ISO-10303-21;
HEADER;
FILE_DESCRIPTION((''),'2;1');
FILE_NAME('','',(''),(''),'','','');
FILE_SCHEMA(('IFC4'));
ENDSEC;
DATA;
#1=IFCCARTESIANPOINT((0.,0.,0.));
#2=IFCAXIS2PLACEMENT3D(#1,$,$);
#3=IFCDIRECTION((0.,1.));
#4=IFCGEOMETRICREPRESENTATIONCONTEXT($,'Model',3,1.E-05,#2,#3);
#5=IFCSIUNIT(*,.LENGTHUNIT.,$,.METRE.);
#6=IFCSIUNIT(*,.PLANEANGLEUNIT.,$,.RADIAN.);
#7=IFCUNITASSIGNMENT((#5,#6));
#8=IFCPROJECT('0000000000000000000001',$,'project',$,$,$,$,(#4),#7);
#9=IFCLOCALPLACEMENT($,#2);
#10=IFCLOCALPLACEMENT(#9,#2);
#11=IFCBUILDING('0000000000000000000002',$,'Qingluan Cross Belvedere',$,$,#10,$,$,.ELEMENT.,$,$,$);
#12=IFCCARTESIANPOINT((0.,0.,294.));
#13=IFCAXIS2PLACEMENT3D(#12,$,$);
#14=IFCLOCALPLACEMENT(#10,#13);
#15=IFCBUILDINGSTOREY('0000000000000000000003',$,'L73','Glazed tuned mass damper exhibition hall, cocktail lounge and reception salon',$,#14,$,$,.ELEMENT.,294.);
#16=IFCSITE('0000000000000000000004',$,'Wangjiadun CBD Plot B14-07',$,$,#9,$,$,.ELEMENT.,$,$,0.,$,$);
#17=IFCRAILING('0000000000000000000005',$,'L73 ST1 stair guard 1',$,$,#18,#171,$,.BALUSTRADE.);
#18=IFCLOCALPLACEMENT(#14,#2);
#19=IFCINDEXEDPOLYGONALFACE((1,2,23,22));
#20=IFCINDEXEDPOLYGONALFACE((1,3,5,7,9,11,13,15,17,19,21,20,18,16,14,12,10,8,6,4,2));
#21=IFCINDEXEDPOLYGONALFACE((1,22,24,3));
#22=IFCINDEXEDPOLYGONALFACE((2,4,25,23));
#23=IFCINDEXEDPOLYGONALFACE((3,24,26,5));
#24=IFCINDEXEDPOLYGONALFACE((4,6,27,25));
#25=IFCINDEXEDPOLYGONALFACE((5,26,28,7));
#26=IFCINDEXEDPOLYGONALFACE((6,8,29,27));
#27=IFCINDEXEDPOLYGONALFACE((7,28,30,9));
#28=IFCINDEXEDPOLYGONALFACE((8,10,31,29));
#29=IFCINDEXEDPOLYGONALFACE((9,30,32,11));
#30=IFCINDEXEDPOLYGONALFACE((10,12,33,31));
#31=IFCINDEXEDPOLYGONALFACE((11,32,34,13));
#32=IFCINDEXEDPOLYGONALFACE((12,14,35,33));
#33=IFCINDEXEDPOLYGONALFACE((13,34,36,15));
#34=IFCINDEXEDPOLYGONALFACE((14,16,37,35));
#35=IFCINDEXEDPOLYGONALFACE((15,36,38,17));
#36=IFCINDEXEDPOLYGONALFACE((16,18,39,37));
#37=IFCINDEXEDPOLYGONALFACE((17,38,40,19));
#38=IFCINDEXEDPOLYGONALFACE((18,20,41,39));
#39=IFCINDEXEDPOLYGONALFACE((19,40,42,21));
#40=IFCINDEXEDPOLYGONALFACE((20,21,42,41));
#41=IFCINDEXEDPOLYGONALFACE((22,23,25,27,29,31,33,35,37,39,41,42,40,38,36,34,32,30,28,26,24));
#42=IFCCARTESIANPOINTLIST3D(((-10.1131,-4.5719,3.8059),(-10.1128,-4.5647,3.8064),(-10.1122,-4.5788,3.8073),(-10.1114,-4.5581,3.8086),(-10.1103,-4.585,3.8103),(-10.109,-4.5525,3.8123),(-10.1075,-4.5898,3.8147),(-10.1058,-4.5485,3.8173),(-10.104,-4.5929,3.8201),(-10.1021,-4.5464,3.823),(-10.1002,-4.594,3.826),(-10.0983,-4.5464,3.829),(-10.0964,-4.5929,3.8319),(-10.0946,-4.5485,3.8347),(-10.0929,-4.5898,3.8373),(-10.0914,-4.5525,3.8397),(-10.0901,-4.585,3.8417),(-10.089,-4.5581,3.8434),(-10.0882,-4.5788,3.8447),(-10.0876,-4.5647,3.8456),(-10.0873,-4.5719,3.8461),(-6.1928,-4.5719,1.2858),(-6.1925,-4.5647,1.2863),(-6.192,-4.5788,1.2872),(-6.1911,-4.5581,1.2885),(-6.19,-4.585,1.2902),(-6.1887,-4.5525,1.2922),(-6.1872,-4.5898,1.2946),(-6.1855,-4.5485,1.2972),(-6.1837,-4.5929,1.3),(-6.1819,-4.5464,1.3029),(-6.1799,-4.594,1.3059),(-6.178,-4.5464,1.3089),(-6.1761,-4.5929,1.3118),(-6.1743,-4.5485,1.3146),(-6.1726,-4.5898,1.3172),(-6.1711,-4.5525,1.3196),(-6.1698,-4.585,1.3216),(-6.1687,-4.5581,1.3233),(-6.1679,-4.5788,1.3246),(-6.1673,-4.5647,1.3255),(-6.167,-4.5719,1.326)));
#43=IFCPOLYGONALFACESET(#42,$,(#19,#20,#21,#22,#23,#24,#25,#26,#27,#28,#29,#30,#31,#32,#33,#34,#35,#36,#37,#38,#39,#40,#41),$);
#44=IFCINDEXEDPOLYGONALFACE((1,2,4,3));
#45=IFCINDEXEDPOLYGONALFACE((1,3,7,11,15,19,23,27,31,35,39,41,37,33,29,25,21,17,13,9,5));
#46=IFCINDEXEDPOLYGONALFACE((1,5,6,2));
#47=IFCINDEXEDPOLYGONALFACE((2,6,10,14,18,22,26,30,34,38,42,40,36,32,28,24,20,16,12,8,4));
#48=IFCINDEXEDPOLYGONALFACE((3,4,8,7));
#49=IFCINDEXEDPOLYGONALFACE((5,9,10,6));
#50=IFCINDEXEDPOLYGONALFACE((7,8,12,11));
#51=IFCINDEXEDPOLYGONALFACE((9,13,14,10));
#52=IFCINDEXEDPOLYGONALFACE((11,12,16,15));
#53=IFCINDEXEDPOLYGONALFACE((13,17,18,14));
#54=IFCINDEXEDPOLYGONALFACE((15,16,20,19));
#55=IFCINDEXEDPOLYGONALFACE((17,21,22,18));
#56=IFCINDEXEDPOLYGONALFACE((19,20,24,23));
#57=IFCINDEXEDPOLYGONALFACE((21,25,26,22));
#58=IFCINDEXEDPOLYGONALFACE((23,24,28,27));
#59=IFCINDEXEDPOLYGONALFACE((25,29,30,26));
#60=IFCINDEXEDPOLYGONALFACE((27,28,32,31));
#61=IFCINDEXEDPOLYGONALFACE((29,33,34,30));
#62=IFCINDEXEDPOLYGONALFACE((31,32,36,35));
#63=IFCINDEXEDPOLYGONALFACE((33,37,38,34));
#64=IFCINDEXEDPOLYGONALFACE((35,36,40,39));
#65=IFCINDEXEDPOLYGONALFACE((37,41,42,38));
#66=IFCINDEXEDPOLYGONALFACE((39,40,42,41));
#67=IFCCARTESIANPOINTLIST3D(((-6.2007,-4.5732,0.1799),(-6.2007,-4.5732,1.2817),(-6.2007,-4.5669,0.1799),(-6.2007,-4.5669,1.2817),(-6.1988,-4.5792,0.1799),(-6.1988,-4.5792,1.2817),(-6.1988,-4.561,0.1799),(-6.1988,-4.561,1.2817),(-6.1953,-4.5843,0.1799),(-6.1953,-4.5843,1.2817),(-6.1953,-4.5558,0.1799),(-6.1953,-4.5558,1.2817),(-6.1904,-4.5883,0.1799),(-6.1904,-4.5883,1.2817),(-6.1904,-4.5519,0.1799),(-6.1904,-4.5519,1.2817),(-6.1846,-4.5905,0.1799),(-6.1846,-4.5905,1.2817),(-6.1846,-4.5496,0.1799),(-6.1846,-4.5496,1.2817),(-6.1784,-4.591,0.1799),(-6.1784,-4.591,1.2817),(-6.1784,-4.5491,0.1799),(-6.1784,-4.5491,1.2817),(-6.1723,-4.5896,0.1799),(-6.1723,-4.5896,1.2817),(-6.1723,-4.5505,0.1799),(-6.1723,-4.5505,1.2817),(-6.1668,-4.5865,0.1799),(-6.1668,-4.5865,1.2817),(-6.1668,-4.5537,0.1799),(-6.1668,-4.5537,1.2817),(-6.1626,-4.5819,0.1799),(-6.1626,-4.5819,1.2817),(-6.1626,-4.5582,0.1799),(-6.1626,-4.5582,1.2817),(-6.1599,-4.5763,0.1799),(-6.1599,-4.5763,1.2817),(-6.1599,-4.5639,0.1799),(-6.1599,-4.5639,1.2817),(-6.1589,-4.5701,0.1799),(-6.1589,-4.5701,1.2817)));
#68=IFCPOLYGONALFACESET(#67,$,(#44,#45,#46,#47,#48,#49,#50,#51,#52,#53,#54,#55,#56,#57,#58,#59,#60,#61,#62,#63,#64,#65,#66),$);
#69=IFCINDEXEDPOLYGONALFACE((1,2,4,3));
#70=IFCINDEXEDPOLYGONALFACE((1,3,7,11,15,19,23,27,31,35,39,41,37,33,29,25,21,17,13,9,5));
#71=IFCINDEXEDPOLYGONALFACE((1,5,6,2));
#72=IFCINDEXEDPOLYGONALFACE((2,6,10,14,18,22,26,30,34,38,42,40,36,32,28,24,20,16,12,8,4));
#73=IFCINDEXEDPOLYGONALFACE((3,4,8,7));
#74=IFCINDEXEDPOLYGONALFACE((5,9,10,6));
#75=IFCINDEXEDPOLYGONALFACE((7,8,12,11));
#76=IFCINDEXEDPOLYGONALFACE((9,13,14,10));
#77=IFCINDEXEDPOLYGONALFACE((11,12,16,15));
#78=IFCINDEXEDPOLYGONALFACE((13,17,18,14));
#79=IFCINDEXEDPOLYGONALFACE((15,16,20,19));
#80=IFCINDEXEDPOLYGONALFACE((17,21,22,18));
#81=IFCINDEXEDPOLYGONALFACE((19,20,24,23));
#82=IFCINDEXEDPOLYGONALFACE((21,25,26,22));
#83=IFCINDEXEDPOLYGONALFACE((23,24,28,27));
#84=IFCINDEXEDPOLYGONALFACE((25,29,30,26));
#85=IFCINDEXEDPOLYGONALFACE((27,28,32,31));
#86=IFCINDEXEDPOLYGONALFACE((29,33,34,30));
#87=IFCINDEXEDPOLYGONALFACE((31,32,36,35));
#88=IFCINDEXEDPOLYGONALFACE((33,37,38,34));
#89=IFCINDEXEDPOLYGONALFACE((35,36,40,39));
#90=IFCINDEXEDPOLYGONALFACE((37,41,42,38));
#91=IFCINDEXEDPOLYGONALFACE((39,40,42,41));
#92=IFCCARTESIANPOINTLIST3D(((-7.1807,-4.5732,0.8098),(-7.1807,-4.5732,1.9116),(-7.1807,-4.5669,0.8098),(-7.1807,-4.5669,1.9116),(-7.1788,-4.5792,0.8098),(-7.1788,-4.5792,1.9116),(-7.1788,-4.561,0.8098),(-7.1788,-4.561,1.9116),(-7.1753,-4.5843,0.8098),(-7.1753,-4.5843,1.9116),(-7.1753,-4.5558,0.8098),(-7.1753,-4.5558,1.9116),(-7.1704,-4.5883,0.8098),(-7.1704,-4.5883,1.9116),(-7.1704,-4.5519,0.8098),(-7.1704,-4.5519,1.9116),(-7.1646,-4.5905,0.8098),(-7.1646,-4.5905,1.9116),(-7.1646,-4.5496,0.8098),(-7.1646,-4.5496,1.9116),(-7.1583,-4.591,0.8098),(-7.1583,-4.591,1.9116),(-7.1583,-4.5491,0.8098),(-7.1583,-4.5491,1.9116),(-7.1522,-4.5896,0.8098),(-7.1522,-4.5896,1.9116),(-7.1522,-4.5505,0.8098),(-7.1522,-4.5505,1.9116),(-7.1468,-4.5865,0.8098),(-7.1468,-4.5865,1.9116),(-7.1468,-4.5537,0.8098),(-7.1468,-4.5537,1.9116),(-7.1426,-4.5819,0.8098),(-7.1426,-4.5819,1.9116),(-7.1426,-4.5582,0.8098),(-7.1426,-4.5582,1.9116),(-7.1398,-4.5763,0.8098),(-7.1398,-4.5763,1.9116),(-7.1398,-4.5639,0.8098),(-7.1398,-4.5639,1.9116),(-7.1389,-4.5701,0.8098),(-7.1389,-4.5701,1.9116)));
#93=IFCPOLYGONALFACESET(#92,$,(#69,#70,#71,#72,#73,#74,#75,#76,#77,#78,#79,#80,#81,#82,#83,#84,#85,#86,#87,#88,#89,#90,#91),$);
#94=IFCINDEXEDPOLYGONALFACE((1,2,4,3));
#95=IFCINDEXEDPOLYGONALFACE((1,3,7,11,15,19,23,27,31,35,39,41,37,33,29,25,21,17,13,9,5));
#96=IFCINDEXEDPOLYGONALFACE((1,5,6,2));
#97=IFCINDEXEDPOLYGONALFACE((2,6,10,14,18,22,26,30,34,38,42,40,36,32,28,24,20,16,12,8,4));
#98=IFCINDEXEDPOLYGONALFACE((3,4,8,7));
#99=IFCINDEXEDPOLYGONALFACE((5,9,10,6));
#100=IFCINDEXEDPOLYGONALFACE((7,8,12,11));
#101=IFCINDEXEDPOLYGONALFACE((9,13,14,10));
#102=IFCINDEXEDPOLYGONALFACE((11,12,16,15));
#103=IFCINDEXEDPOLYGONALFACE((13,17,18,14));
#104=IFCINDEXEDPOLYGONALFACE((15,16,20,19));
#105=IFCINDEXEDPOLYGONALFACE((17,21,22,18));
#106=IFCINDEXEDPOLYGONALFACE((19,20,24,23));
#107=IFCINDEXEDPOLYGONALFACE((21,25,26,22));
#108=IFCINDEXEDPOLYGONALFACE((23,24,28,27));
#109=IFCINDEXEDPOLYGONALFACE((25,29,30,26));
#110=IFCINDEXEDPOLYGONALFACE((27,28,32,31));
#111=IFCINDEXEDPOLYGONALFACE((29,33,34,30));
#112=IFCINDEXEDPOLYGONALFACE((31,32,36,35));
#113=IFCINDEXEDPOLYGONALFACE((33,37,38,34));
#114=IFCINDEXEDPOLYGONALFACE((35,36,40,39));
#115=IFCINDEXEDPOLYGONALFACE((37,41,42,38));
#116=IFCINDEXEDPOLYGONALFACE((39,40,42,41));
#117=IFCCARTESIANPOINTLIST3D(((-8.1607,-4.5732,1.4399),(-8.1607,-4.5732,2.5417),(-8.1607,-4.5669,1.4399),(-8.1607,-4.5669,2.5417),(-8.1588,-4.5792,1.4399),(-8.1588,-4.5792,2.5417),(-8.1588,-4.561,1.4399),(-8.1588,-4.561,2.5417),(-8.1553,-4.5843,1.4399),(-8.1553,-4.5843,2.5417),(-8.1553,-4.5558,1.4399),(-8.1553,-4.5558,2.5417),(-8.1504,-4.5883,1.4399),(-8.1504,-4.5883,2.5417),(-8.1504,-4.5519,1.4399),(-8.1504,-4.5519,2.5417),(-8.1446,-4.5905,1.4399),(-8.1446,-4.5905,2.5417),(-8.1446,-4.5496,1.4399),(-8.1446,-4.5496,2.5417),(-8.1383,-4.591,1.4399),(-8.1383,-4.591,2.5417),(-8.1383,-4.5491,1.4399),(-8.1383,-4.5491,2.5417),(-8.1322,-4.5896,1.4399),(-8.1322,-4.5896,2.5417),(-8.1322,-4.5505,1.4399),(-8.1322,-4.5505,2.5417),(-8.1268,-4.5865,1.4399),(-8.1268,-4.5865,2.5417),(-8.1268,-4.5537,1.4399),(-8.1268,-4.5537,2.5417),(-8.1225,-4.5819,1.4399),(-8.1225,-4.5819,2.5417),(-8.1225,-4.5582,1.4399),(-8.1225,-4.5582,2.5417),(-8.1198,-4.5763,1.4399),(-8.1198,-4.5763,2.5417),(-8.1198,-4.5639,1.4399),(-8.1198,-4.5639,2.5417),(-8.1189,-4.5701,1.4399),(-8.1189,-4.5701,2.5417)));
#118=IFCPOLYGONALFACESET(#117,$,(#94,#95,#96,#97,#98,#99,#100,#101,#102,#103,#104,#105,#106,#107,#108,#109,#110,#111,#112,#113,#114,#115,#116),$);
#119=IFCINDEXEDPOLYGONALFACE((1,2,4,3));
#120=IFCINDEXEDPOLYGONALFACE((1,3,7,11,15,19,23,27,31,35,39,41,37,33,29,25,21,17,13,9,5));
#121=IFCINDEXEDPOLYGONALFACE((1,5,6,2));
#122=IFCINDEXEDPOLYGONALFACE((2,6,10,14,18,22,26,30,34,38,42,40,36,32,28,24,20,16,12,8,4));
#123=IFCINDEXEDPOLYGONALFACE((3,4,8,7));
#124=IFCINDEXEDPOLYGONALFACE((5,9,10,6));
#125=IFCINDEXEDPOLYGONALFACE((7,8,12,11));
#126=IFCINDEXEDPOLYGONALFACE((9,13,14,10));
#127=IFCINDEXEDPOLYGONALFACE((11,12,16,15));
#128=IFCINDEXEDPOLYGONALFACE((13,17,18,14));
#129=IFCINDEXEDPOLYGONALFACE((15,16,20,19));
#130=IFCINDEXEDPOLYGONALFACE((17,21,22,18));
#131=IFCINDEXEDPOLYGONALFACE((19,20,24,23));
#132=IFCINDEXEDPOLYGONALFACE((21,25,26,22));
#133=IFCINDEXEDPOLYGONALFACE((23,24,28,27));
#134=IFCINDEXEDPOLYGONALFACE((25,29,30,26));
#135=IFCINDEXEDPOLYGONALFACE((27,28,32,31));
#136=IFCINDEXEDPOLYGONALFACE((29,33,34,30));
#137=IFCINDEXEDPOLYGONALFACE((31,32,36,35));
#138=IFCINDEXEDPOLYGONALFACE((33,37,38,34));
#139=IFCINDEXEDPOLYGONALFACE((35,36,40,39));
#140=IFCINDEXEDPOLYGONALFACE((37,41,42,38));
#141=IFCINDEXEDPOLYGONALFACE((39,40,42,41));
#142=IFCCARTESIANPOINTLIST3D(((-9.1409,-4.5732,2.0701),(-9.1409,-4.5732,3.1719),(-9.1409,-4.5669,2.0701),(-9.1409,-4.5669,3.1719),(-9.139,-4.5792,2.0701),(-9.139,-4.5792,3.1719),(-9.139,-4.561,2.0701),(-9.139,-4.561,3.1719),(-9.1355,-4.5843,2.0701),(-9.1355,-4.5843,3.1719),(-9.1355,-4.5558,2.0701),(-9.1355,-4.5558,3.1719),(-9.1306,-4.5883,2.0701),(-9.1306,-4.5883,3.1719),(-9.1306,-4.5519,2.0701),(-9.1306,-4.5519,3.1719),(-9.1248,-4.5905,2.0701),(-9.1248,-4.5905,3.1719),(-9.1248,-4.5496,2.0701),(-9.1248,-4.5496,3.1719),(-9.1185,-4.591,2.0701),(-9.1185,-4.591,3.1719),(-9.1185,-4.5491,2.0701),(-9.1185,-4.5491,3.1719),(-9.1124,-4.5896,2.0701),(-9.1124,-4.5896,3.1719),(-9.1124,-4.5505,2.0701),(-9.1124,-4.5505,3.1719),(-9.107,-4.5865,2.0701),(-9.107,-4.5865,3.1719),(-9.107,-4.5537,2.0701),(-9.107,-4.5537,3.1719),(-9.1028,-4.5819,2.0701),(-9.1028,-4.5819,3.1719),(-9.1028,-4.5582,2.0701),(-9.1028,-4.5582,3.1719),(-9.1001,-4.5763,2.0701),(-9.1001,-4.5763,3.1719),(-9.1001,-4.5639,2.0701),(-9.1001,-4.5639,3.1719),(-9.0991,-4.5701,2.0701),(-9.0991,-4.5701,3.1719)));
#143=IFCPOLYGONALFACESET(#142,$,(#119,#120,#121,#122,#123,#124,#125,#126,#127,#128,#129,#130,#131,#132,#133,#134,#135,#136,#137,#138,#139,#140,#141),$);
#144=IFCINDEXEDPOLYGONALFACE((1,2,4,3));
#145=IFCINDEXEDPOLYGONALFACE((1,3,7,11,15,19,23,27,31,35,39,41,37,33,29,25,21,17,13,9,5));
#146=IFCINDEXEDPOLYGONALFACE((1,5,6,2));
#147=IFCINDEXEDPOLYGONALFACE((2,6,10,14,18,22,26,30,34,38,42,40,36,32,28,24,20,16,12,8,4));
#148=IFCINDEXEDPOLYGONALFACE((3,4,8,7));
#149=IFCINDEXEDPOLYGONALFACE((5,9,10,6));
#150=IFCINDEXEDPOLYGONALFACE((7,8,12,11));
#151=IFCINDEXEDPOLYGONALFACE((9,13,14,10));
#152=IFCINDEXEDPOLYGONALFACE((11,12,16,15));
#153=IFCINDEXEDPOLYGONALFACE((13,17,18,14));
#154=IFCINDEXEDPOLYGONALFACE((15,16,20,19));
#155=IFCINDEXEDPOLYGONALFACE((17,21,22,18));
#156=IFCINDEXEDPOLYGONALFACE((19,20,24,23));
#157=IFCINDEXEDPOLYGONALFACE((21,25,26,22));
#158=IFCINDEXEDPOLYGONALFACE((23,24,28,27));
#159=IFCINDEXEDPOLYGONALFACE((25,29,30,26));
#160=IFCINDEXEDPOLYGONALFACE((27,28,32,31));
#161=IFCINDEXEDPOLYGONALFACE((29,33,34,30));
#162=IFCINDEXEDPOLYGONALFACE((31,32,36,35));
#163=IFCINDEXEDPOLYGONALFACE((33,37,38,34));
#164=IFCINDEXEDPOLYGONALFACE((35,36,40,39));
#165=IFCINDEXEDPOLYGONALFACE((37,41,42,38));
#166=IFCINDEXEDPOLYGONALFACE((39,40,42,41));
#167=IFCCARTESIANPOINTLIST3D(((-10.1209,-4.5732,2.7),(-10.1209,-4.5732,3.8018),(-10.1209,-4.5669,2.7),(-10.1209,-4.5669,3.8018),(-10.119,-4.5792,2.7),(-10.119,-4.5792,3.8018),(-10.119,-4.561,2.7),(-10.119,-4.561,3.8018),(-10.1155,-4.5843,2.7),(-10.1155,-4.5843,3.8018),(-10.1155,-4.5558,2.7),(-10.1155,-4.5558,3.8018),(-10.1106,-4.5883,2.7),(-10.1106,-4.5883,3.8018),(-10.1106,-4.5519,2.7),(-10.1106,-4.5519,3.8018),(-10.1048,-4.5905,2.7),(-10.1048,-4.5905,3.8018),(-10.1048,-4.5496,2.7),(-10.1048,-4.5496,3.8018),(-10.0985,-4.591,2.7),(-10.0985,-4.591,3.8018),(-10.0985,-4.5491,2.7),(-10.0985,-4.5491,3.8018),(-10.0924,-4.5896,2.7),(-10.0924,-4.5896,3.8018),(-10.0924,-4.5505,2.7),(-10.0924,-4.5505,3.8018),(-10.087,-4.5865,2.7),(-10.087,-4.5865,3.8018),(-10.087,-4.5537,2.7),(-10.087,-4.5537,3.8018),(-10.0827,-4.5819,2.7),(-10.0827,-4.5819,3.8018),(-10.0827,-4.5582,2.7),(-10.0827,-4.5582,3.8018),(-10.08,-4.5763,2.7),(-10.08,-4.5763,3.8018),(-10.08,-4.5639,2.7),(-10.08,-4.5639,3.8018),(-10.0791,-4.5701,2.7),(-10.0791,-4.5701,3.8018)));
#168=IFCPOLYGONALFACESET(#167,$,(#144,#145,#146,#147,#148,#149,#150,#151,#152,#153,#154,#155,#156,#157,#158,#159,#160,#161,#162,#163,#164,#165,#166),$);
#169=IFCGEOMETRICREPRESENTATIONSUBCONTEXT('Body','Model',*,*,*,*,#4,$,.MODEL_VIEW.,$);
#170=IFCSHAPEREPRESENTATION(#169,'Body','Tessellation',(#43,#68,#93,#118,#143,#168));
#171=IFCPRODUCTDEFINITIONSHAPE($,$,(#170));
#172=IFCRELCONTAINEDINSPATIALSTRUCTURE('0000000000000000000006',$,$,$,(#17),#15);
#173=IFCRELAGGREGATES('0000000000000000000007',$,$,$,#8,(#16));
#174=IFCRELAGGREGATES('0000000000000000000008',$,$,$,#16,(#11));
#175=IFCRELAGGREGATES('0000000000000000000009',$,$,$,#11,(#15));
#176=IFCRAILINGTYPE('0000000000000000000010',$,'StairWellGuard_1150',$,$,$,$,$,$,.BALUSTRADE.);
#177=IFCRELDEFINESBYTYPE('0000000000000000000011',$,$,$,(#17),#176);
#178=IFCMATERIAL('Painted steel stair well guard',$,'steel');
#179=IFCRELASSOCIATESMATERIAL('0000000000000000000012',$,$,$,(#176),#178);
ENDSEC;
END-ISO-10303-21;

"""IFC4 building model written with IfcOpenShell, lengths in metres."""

from ifc_helpers import new_model, si_unit, direction, frame, origin, origin_2d, place, context, subcontext, project, spatial, circle, extrude, material, type_object, element, save


model = new_model("IFC4")

# Units and contexts
model_context = context("Model", 3, precision=1e-05, world=origin(), true_north=direction((0.0, 1.0)))
body_context = subcontext(model_context, "Body", "Model", "MODEL_VIEW")
ifc_project = project(units=[si_unit("LENGTHUNIT", "METRE"), si_unit("PLANEANGLEUNIT", "RADIAN")], contexts=[model_context])

# Site, building, storey
site_placement = place(None, origin())
site = spatial("IfcSite", under=ifc_project, at=site_placement, Name="Wangjiadun CBD Plot B14-07", CompositionType="ELEMENT", RefElevation=0.0)
building_placement = place(site_placement, origin())
building = spatial("IfcBuilding", under=site, at=building_placement, Name="Qingluan Cross Belvedere", CompositionType="ELEMENT")
storey_placement = place(building_placement, frame((0.0, 0.0, 294.0)))
storey = spatial("IfcBuildingStorey", under=building, at=storey_placement, Name="L73", Description="Glazed tuned mass damper exhibition hall, cocktail lounge and reception salon", CompositionType="ELEMENT", Elevation=294.0)

# Railing
ifc_material_1 = material(Name="Painted steel stair well guard", Category="steel")
railing_type_1 = type_object("IfcRailingType", Name="StairWellGuard_1150", PredefinedType="BALUSTRADE", material=ifc_material_1)
railing_1_placement = place(storey_placement, frame((-6.1799, -4.5701, 0.1799)))
element("IfcRailing", 1, at=railing_1_placement, inside=storey, type_object=railing_type_1, Name="L73 ST1 stair guard 1", PredefinedType="BALUSTRADE", context=body_context, shape_type="SweptSolid", body=[
    extrude(circle(Radius=0.0239, at=origin_2d()), frame((0.0, 0.0, 1.126), z_axis=(-0.841187, 0.0, 0.540744), x_axis=(0.0, -1.0, 0.0)), (0.0, 0.0, 1.0), 4.6604),
    extrude(circle(Radius=0.021, at=origin_2d()), origin(), (0.0, 0.0, 1.0), 1.1018),
    extrude(circle(Radius=0.021, at=origin_2d()), frame((-0.98, 0.0, 0.6299)), (0.0, 0.0, 1.0), 1.1018),
    extrude(circle(Radius=0.021, at=origin_2d()), frame((-1.96, 0.0, 1.26)), (0.0, 0.0, 1.0), 1.1018),
    extrude(circle(Radius=0.021, at=origin_2d()), frame((-2.9402, 0.0, 1.8901)), (0.0, 0.0, 1.0), 1.1018),
    extrude(circle(Radius=0.021, at=origin_2d()), frame((-3.9202, 0.0, 2.52)), (0.0, 0.0, 1.0), 1.1018),
])

save(model, "model.ifc")
